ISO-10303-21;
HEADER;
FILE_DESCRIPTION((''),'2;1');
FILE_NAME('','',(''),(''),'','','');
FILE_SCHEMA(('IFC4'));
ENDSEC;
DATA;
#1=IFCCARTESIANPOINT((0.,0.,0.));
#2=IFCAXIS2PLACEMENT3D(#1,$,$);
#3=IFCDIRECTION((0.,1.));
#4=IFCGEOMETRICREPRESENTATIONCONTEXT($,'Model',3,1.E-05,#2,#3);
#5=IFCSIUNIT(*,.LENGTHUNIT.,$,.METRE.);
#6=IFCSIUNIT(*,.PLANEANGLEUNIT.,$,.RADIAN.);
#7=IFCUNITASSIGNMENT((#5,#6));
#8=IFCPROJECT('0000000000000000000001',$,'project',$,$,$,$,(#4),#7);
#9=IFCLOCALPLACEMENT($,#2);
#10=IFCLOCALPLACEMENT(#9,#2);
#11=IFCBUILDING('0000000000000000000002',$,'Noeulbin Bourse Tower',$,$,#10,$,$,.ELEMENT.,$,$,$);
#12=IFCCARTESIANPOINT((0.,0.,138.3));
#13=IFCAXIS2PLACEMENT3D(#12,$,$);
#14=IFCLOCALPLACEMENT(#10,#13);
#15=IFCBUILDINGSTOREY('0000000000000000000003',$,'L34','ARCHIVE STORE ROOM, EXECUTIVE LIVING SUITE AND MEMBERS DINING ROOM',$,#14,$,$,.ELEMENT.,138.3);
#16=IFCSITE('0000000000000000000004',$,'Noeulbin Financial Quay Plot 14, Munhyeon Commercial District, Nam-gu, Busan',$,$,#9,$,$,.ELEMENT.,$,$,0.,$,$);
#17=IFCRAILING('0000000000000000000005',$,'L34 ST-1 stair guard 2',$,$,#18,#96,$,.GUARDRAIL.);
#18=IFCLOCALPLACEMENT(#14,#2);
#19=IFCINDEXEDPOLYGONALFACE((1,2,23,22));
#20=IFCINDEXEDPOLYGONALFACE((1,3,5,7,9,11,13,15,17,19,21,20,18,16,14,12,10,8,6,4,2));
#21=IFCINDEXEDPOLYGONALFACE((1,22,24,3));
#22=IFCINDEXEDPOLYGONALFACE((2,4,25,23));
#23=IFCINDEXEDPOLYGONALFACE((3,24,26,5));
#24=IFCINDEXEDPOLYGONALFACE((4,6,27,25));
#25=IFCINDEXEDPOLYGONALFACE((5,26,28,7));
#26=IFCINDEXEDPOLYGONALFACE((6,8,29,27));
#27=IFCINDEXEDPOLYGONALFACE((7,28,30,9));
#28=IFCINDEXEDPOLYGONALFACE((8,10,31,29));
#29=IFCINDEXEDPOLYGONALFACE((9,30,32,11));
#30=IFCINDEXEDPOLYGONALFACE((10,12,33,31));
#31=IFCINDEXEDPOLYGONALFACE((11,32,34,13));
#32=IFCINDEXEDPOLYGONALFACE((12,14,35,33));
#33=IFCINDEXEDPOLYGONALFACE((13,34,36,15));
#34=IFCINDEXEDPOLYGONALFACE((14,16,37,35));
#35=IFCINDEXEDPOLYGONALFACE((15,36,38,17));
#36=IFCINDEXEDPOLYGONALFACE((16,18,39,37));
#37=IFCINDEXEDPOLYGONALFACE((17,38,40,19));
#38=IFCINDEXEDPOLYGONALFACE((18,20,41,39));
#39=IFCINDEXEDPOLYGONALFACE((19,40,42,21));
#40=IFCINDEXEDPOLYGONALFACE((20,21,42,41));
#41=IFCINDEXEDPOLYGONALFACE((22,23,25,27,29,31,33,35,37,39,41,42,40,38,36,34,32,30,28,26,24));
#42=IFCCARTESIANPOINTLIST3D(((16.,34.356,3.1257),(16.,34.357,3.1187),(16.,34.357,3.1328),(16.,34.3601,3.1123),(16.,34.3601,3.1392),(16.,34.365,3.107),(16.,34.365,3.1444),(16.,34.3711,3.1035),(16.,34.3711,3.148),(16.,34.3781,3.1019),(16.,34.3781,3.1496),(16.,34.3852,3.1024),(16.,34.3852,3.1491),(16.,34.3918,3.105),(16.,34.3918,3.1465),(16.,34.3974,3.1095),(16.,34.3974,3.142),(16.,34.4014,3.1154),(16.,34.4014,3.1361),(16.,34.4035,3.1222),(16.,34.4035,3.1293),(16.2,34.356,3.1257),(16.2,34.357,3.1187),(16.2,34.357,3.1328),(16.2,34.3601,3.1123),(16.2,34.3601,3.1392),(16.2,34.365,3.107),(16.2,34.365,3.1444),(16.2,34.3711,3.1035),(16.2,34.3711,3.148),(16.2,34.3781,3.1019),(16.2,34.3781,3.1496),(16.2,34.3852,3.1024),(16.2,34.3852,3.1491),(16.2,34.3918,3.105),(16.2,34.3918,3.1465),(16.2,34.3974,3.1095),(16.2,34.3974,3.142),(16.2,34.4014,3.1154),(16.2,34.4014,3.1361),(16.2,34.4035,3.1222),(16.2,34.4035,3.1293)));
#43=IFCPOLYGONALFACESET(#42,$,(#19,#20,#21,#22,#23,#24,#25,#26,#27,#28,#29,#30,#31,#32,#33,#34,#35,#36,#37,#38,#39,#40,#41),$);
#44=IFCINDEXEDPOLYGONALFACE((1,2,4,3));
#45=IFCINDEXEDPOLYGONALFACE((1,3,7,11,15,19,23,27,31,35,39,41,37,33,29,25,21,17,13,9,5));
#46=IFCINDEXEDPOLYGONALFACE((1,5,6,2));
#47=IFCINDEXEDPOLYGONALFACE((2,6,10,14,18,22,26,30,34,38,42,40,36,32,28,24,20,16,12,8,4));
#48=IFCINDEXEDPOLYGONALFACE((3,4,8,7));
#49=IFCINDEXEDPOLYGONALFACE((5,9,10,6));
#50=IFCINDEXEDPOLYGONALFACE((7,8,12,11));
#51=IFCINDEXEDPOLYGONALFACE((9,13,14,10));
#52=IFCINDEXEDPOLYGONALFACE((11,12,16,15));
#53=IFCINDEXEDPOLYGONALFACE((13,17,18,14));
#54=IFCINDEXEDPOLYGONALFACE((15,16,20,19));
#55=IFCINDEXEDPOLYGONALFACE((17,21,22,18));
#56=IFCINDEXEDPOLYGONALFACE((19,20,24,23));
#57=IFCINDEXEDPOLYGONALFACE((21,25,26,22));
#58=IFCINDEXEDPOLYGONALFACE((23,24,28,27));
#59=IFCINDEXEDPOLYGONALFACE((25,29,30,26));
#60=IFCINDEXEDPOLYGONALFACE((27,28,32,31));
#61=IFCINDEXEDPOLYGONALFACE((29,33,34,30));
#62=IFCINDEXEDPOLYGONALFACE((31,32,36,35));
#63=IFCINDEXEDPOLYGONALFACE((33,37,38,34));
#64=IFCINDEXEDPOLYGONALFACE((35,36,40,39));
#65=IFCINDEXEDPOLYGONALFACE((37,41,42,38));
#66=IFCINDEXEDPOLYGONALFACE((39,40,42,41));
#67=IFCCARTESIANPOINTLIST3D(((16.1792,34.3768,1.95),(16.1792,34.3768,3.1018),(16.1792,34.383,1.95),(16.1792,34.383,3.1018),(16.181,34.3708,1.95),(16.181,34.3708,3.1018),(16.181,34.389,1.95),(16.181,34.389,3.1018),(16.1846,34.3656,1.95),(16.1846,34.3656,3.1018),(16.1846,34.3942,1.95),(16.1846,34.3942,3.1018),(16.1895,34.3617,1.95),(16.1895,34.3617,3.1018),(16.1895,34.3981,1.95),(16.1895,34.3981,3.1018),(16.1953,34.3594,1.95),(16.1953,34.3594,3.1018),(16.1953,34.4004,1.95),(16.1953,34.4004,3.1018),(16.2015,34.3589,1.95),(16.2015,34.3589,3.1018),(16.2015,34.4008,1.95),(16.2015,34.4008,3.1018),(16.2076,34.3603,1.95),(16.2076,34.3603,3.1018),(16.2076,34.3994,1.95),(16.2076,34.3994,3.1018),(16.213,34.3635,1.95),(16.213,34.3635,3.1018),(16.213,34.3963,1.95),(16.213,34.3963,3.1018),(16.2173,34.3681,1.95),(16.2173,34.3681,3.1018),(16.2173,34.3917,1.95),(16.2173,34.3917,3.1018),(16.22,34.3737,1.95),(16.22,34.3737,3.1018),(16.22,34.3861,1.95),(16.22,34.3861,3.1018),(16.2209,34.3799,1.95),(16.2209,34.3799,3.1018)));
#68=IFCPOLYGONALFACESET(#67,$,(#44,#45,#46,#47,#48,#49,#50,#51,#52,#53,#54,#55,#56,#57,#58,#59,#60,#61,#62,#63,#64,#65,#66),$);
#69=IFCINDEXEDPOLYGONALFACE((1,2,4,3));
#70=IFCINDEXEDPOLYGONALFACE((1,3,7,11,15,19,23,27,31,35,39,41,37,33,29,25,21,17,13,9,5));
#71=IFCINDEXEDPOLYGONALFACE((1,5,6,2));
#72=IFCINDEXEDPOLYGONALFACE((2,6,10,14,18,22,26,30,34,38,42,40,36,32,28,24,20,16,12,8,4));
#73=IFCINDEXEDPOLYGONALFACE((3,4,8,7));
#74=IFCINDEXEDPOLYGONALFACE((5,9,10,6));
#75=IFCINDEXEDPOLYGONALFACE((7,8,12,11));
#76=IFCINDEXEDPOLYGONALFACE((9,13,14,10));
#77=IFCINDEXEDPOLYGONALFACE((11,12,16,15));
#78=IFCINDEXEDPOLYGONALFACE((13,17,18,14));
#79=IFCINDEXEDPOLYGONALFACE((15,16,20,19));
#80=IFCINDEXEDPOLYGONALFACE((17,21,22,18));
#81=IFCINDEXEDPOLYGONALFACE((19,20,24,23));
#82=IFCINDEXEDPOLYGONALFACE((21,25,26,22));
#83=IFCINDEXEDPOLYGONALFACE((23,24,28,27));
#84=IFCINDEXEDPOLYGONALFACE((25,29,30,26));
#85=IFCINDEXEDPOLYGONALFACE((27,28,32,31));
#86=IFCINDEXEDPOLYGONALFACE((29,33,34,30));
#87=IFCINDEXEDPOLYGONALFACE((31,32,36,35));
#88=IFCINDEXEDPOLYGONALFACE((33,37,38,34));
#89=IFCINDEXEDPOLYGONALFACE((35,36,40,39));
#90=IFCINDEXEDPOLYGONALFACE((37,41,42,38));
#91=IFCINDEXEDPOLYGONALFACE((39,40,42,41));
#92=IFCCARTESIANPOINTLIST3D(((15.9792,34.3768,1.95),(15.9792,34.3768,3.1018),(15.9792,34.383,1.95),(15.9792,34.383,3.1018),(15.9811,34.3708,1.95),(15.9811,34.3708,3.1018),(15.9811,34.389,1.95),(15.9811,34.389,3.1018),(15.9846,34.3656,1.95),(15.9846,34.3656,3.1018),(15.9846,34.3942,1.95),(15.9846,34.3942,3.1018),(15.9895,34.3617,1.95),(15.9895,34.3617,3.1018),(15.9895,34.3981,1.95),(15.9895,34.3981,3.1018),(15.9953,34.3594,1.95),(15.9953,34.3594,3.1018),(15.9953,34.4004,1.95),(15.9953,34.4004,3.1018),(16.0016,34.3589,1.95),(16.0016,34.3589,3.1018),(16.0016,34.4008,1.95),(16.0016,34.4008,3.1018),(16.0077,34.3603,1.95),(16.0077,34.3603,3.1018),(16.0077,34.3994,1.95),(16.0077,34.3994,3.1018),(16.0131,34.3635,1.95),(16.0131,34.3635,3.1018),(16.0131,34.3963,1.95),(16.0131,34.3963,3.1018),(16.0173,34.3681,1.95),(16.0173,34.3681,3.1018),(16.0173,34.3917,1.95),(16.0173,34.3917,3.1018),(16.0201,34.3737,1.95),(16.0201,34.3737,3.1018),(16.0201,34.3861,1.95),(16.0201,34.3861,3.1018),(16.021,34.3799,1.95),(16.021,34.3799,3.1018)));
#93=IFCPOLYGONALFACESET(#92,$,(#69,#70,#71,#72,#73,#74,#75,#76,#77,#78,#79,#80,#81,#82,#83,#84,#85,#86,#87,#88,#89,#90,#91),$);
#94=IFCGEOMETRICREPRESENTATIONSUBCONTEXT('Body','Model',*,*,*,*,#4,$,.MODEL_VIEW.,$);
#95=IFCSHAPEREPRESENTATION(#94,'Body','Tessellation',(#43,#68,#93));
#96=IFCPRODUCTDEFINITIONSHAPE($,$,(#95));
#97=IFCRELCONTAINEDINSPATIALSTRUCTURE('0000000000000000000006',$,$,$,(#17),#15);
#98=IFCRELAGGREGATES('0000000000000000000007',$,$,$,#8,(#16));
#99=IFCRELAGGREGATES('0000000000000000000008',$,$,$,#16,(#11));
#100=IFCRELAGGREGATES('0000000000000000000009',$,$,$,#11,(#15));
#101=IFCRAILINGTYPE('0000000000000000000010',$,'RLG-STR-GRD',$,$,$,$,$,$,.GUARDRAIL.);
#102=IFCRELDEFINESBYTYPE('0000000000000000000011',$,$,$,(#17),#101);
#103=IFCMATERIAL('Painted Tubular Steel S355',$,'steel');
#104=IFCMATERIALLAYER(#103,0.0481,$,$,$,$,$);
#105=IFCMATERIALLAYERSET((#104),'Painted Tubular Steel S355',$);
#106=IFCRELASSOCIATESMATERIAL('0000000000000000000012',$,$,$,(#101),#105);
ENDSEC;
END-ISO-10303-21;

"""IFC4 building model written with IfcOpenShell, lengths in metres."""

from ifc_helpers import new_model, si_unit, direction, frame, origin, origin_2d, place, context, subcontext, project, spatial, circle, extrude, material, layer, layer_set, type_object, element, save


model = new_model("IFC4")

# Units and contexts
model_context = context("Model", 3, precision=1e-05, world=origin(), true_north=direction((0.0, 1.0)))
body_context = subcontext(model_context, "Body", "Model", "MODEL_VIEW")
ifc_project = project(units=[si_unit("LENGTHUNIT", "METRE"), si_unit("PLANEANGLEUNIT", "RADIAN")], contexts=[model_context])

# Site, building, storey
site_placement = place(None, origin())
site = spatial("IfcSite", under=ifc_project, at=site_placement, Name="Noeulbin Financial Quay Plot 14, Munhyeon Commercial District, Nam-gu, Busan", CompositionType="ELEMENT", RefElevation=0.0)
building_placement = place(site_placement, origin())
building = spatial("IfcBuilding", under=site, at=building_placement, Name="Noeulbin Bourse Tower", CompositionType="ELEMENT")
storey_placement = place(building_placement, frame((0.0, 0.0, 138.3)))
storey = spatial("IfcBuildingStorey", under=building, at=storey_placement, Name="L34", Description="ARCHIVE STORE ROOM, EXECUTIVE LIVING SUITE AND MEMBERS DINING ROOM", CompositionType="ELEMENT", Elevation=138.3)

# Railing
ifc_material_1 = material(Name="Painted Tubular Steel S355", Category="steel")
ifc_layer_1 = layer(ifc_material_1, 0.0481)
ifc_layer_set_1 = layer_set([ifc_layer_1], Name="Painted Tubular Steel S355")
railing_type = type_object("IfcRailingType", Name="RLG-STR-GRD", PredefinedType="GUARDRAIL", material=ifc_layer_set_1)
railing_1_placement = place(storey_placement, frame((16.2, 34.3799, 1.95)))
element("IfcRailing", 1, at=railing_1_placement, inside=storey, type_object=railing_type, Name="L34 ST-1 stair guard 2", PredefinedType="GUARDRAIL", context=body_context, shape_type="SweptSolid", body=[
    extrude(circle(Radius=0.0239, at=origin_2d()), frame((0.0, 0.0, 1.1758), z_axis=(-1.0, 0.0, 0.0), x_axis=(0.0, -1.0, 0.0)), (0.0, 0.0, 1.0), 0.2),
    extrude(circle(Radius=0.021, at=origin_2d()), origin(), (0.0, 0.0, 1.0), 1.1519),
    extrude(circle(Radius=0.021, at=origin_2d()), frame((-0.2, 0.0, 0.0)), (0.0, 0.0, 1.0), 1.1519),
])

save(model, "model.ifc")
